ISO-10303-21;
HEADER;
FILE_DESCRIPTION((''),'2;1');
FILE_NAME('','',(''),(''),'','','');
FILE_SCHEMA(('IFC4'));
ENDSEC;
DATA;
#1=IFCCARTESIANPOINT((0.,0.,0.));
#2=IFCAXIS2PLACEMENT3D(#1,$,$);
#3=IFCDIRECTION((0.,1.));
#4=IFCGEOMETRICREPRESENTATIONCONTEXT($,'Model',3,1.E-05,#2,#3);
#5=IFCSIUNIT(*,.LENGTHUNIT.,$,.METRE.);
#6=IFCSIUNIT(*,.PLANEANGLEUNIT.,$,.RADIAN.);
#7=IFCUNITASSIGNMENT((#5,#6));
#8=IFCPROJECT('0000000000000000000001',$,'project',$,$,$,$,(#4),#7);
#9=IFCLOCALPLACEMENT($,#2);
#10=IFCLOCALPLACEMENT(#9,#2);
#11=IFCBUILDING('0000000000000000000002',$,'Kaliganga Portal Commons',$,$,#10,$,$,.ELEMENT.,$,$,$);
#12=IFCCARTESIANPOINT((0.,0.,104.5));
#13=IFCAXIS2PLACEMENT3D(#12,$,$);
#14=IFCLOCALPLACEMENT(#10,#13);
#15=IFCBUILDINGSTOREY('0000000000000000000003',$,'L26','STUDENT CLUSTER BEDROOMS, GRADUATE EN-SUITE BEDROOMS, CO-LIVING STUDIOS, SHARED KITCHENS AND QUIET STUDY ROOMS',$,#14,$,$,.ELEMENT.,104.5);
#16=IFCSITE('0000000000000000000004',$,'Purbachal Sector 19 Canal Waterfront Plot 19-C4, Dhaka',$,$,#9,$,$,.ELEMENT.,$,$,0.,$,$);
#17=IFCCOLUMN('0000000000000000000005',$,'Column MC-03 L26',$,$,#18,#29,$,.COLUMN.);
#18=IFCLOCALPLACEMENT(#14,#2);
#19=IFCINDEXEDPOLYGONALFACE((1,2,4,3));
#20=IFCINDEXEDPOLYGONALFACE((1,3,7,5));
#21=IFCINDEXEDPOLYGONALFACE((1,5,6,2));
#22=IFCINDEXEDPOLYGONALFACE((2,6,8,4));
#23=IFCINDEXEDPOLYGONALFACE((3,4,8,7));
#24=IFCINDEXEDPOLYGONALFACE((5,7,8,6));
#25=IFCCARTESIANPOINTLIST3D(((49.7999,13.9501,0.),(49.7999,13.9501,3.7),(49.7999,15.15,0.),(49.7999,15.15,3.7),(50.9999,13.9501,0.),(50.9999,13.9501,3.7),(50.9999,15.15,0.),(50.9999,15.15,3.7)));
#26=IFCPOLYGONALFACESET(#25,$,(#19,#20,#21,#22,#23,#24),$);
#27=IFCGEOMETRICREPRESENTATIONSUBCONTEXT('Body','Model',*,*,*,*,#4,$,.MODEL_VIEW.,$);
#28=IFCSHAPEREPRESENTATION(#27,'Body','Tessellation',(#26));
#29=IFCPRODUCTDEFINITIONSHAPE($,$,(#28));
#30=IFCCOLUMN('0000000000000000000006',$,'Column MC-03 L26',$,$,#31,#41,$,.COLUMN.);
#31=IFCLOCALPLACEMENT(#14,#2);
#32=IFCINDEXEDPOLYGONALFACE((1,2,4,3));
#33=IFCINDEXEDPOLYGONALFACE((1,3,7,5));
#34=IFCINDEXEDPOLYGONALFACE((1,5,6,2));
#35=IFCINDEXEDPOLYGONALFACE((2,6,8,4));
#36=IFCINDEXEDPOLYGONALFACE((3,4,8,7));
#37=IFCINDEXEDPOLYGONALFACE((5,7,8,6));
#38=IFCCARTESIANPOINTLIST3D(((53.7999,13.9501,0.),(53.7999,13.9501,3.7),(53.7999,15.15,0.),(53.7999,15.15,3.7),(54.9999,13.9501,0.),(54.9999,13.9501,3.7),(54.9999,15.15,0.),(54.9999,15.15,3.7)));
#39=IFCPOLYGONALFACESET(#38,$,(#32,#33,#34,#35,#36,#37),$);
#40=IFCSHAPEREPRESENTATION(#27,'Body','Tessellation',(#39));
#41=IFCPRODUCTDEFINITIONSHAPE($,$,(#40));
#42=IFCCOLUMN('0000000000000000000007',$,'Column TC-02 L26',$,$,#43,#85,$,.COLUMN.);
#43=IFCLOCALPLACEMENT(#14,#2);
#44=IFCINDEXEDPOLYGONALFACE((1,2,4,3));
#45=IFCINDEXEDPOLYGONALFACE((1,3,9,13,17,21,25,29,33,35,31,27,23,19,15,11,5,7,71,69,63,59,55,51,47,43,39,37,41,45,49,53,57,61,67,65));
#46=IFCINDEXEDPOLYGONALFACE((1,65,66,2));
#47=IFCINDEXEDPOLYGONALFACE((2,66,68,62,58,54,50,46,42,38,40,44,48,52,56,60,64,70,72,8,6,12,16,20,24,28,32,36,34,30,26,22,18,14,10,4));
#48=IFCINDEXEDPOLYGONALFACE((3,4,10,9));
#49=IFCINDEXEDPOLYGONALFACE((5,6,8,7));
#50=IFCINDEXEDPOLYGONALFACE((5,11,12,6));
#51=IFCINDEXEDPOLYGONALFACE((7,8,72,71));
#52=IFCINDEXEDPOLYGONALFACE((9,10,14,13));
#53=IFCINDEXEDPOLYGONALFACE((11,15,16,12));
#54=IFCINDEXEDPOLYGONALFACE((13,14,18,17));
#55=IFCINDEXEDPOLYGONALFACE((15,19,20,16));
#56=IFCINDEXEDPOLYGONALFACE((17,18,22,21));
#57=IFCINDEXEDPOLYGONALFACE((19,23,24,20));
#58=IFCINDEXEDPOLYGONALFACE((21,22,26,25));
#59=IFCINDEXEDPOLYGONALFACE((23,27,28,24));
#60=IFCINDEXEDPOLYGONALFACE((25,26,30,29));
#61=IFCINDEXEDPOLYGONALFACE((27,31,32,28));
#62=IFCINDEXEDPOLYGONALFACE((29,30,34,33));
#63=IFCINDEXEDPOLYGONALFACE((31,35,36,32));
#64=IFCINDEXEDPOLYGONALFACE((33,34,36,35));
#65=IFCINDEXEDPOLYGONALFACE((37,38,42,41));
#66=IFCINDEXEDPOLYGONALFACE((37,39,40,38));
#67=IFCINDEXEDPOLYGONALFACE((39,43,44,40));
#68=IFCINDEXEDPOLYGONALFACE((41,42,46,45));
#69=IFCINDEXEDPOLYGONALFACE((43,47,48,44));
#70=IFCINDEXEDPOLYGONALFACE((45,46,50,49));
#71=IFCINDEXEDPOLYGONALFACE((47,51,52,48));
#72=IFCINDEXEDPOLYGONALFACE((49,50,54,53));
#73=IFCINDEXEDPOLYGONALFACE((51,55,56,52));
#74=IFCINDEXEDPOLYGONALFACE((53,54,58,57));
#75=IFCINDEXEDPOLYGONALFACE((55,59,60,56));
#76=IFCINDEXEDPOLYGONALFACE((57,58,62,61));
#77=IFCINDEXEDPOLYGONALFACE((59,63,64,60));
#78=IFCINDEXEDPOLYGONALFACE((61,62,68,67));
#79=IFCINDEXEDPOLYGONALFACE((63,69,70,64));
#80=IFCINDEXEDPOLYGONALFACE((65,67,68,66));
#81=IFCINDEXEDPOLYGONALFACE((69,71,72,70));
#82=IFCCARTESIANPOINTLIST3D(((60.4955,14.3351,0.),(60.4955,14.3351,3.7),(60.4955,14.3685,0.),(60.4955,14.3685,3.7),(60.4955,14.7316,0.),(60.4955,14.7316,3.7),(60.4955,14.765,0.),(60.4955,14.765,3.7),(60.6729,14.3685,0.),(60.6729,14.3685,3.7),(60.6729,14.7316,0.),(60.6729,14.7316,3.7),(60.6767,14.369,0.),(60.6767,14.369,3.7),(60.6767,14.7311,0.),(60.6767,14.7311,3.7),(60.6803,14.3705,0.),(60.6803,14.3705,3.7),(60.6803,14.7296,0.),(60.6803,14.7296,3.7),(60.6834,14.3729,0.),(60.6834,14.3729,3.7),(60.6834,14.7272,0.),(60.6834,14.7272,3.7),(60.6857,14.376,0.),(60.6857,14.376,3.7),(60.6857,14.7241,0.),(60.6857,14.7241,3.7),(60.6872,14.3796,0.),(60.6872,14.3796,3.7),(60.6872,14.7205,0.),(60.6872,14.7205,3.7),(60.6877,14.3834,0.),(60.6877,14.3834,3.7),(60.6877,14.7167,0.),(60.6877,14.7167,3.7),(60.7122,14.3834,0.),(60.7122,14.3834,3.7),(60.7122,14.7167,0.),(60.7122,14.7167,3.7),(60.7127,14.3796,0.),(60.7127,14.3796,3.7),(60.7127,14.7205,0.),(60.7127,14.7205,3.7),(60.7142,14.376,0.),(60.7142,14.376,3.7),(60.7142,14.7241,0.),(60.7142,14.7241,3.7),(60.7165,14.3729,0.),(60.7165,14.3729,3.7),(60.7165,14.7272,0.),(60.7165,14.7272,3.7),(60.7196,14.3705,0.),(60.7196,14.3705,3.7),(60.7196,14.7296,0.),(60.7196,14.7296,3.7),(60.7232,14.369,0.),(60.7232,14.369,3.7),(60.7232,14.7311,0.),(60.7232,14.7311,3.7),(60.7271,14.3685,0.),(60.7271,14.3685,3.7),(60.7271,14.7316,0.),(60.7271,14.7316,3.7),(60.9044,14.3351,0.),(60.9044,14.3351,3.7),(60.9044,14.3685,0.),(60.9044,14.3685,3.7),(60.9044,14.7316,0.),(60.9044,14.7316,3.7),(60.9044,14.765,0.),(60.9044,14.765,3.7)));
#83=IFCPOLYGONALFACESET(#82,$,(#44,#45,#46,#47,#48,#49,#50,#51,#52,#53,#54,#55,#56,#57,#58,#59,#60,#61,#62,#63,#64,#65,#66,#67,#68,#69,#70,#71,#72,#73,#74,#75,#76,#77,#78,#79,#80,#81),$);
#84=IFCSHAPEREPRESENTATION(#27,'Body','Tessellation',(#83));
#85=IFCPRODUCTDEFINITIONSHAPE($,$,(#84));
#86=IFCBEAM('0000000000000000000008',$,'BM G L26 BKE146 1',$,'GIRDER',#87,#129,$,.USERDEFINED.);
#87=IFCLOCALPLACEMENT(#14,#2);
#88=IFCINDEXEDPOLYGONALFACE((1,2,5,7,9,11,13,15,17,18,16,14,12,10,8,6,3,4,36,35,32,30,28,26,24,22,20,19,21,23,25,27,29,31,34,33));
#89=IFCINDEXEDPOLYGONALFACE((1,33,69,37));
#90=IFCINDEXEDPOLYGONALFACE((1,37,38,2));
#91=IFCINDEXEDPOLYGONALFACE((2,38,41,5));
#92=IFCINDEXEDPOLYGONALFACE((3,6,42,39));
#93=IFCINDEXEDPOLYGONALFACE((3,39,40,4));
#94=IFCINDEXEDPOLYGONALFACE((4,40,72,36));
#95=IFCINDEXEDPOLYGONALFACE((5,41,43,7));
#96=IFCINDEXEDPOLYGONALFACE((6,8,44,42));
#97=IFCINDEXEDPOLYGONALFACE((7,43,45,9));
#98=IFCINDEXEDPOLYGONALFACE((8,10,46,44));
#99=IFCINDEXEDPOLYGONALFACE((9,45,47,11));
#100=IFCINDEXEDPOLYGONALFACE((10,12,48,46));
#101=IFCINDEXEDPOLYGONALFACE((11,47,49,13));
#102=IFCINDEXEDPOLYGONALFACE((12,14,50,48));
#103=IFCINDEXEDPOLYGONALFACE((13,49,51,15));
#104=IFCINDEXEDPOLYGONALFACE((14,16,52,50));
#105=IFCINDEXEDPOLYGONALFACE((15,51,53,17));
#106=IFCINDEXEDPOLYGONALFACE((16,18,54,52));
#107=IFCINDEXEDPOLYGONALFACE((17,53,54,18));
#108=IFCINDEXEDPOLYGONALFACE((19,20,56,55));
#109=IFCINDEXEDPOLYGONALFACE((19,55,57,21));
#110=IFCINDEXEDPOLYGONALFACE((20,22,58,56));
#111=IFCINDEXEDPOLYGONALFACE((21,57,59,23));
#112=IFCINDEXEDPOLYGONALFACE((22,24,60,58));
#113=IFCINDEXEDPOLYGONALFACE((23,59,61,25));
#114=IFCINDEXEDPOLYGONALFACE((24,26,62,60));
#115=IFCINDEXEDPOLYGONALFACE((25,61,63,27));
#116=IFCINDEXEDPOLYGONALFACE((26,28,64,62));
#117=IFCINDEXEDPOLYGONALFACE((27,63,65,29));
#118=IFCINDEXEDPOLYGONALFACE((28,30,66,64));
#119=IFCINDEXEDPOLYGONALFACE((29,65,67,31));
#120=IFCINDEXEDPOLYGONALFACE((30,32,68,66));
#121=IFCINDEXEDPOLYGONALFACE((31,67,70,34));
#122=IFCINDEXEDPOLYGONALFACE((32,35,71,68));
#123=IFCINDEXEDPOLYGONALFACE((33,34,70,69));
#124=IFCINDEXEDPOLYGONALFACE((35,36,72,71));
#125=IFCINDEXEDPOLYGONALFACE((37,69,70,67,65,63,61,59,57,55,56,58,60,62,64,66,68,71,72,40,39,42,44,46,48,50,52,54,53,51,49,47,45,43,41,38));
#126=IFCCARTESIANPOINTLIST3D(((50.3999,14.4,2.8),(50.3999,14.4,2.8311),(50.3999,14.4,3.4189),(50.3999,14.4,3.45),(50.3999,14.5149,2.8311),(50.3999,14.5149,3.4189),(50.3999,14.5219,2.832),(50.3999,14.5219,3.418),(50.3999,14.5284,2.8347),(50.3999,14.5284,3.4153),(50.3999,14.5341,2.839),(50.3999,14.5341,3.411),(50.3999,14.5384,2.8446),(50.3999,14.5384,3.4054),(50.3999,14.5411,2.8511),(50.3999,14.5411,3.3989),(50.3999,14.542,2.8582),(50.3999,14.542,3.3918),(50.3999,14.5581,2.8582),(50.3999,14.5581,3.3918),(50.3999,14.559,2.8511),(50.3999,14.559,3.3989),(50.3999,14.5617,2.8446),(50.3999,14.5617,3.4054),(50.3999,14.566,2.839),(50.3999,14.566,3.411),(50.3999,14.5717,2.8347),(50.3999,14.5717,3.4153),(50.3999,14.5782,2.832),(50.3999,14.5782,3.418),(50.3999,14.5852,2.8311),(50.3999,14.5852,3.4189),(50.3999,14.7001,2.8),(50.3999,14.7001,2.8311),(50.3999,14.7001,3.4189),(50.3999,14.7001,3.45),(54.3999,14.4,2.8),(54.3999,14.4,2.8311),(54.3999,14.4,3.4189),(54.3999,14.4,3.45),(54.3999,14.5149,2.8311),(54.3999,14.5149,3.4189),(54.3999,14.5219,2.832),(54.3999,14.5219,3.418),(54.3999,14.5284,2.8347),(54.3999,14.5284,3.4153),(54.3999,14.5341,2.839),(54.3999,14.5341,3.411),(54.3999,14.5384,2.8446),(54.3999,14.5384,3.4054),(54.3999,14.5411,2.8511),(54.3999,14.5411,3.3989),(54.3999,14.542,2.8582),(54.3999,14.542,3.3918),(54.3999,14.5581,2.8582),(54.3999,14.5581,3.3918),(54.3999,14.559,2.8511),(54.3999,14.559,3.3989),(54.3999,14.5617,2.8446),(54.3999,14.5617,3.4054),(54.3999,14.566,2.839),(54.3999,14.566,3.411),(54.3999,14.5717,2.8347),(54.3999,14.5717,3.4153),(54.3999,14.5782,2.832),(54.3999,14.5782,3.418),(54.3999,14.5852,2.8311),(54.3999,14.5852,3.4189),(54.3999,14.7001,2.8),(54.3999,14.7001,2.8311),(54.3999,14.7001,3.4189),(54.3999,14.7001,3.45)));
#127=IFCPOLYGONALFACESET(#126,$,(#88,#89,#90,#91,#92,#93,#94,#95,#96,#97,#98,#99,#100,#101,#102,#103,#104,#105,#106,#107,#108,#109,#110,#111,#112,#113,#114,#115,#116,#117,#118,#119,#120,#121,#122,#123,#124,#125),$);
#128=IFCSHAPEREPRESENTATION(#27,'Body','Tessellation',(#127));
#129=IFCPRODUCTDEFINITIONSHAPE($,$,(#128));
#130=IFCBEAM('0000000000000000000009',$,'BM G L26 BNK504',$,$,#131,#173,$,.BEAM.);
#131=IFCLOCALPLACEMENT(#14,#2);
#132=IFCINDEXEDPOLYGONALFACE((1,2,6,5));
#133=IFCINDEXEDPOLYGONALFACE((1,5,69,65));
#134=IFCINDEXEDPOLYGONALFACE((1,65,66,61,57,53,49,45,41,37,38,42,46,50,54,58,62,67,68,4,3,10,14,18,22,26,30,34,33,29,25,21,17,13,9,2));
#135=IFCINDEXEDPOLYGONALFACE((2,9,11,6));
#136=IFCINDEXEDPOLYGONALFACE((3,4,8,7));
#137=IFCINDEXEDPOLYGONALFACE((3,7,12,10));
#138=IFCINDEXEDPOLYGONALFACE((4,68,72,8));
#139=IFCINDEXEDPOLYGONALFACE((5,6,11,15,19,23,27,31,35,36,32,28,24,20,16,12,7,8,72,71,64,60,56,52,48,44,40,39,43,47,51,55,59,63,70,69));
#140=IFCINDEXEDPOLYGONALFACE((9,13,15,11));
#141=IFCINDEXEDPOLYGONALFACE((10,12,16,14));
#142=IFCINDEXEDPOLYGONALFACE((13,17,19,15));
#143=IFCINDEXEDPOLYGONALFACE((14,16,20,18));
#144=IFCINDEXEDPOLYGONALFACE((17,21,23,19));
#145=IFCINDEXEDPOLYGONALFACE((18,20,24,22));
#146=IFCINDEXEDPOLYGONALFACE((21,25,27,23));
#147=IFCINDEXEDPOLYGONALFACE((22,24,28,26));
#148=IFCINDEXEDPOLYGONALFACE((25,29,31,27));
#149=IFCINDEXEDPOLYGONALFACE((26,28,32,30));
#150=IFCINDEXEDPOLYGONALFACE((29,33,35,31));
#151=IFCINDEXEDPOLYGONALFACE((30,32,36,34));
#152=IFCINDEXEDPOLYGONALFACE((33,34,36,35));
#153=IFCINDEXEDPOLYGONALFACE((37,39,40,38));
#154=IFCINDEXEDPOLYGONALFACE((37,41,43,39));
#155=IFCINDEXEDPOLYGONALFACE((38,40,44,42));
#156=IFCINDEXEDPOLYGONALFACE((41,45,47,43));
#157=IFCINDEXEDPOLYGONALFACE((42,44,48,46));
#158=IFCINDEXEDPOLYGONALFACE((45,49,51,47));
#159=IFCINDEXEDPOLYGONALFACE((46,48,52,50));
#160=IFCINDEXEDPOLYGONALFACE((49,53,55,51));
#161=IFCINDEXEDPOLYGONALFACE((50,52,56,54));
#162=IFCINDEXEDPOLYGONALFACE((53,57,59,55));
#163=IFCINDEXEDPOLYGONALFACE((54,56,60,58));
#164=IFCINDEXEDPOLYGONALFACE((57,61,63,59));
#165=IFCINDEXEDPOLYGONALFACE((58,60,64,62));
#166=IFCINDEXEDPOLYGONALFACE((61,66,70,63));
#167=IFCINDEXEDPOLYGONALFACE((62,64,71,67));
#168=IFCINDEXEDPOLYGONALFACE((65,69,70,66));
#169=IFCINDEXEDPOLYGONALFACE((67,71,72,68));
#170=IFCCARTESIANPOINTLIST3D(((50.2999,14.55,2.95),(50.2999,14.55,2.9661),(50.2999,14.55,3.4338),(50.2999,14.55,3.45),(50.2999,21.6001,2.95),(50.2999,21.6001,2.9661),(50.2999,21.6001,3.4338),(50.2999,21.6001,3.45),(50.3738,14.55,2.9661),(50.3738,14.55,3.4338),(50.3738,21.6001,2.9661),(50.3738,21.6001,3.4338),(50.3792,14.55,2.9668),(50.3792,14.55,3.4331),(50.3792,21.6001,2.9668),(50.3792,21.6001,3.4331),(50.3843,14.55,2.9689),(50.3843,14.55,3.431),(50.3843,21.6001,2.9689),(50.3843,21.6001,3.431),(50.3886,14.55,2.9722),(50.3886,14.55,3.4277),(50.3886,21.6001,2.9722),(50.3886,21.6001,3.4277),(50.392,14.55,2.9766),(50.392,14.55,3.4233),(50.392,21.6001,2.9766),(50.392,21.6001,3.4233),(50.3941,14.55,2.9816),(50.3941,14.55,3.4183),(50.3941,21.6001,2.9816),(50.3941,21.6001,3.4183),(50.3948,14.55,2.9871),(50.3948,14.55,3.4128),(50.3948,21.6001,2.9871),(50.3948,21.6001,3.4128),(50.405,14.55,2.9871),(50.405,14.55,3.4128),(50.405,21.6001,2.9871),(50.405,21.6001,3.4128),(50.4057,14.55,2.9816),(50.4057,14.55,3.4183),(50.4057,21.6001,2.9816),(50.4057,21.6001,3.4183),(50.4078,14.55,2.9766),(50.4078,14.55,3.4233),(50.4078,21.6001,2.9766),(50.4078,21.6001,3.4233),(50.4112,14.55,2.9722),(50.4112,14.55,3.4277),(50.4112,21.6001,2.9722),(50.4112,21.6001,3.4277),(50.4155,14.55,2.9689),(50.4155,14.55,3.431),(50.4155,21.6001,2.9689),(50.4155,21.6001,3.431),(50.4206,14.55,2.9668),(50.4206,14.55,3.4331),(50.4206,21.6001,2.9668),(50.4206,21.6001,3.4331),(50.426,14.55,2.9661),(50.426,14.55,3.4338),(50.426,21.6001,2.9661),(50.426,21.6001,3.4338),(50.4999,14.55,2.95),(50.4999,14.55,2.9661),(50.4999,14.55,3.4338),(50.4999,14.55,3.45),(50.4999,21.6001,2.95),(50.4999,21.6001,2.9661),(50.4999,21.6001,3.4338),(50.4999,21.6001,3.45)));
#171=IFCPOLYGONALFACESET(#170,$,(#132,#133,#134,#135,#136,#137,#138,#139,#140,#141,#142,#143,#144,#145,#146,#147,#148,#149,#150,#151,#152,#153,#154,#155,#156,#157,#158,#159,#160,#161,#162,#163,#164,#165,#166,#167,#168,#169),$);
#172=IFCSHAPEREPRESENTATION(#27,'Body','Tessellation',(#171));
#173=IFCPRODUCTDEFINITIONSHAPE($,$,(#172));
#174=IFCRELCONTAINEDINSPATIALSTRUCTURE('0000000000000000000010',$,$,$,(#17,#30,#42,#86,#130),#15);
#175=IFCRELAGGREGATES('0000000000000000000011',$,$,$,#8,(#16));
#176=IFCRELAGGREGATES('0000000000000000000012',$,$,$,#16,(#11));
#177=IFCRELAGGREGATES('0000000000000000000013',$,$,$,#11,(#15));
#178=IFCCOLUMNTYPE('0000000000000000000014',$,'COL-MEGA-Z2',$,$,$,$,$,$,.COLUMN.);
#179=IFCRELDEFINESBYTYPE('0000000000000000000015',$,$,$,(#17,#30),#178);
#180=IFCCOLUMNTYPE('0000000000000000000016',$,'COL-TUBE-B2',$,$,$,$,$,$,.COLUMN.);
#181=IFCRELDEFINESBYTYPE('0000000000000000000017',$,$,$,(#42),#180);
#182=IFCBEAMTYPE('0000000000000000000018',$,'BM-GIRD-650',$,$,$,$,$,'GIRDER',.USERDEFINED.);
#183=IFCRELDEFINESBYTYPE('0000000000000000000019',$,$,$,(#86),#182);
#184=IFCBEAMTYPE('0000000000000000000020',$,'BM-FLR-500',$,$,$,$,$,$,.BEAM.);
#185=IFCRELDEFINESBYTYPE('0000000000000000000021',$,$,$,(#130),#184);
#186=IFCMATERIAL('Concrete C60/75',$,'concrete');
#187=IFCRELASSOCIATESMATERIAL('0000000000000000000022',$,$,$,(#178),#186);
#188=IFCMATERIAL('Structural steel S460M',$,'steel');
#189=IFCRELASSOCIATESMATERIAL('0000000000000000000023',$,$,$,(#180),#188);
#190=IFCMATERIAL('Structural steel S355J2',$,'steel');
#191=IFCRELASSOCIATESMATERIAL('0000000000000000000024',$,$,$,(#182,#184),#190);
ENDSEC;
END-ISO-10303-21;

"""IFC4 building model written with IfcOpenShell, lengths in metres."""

from ifc_helpers import new_model, si_unit, direction, frame, origin, origin_2d, place, context, subcontext, project, spatial, rectangle, i_section, extrude, source, transform, mapped, material, material_profile, profile_set, type_object, element, save


model = new_model("IFC4")

# Units and contexts
model_context = context("Model", 3, precision=1e-05, world=origin(), true_north=direction((0.0, 1.0)))
body_context = subcontext(model_context, "Body", "Model", "MODEL_VIEW")
ifc_project = project(units=[si_unit("LENGTHUNIT", "METRE"), si_unit("PLANEANGLEUNIT", "RADIAN")], contexts=[model_context])

# Site, building, storey
site_placement = place(None, origin())
site = spatial("IfcSite", under=ifc_project, at=site_placement, Name="Purbachal Sector 19 Canal Waterfront Plot 19-C4, Dhaka", CompositionType="ELEMENT", RefElevation=0.0)
building_placement = place(site_placement, origin())
building = spatial("IfcBuilding", under=site, at=building_placement, Name="Kaliganga Portal Commons", CompositionType="ELEMENT")
storey_placement = place(building_placement, frame((0.0, 0.0, 104.5)))
storey = spatial("IfcBuildingStorey", under=building, at=storey_placement, Name="L26", Description="STUDENT CLUSTER BEDROOMS, GRADUATE EN-SUITE BEDROOMS, CO-LIVING STUDIOS, SHARED KITCHENS AND QUIET STUDY ROOMS", CompositionType="ELEMENT", Elevation=104.5)

# Columns
ifc_material_1 = material(Name="Concrete C60/75", Category="concrete")
ifc_material_profile_1 = material_profile(ifc_material_1, rectangle(XDim=1.2, YDim=1.2, at=origin_2d()), Name="RC 1200x1200")
ifc_profile_set_1 = profile_set([ifc_material_profile_1], Name="Concrete C60/75")
column_type_1 = type_object("IfcColumnType", Name="COL-MEGA-Z2", PredefinedType="COLUMN", material=ifc_profile_set_1)
shared_shape_1 = source(origin(), body_context, "Body", "SweptSolid", [
    extrude(rectangle(XDim=1.2, YDim=1.2, at=origin_2d()), origin(), (0.0, 0.0, 1.0), 3.7),
])
for number, where, z_axis, x_axis, name in (
    (1, (50.3999, 14.55, 0.0), (0.0, 0.0, 1.0), (1.0, 0.0, 0.0), "Column MC-03 L26"),
    (2, (54.3999, 14.55, 0.0), (0.0, 0.0, 1.0), (1.0, 0.0, 0.0), "Column MC-03 L26"),
):
    element("IfcColumn", number, at=place(storey_placement, frame(where, z_axis=z_axis, x_axis=x_axis)), inside=storey, type_object=column_type_1, Name=name, PredefinedType="COLUMN", context=body_context, shape_type="MappedRepresentation", body=[
        mapped(shared_shape_1, transform((0.0, 0.0, 0.0), x_axis=(1.0, 0.0, 0.0), y_axis=(0.0, 1.0, 0.0), z_axis=(0.0, 0.0, 1.0), scale=1.0)),
    ])
ifc_material_2 = material(Name="Structural steel S460M", Category="steel")
ifc_material_profile_2 = material_profile(ifc_material_2, i_section(OverallWidth=0.4089, OverallDepth=0.4299, WebThickness=0.0244, FlangeThickness=0.0334, FilletRadius=0.0149, at=origin_2d()), Name="HD 400x421")
ifc_profile_set_2 = profile_set([ifc_material_profile_2], Name="Structural steel S460M wide-flange")
column_type_2 = type_object("IfcColumnType", Name="COL-TUBE-B2", PredefinedType="COLUMN", material=ifc_profile_set_2)
shared_shape_2 = source(origin(), body_context, "Body", "SweptSolid", [
    extrude(i_section(OverallWidth=0.4089, OverallDepth=0.4299, WebThickness=0.0244, FlangeThickness=0.0334, FilletRadius=0.0149, at=origin_2d()), origin(), (0.0, 0.0, 1.0), 3.7),
])
column_placement = place(storey_placement, frame((60.7, 14.55, 0.0), z_axis=(0.0, 0.0, 1.0), x_axis=(1.0, 0.0, 0.0)))
element("IfcColumn", 3, at=column_placement, inside=storey, type_object=column_type_2, Name="Column TC-02 L26", PredefinedType="COLUMN", context=body_context, shape_type="MappedRepresentation", body=[
    mapped(shared_shape_2, transform((0.0, 0.0, 0.0), x_axis=(1.0, 0.0, 0.0), y_axis=(0.0, 1.0, 0.0), z_axis=(0.0, 0.0, 1.0), scale=1.0)),
])

# Beams
ifc_material_3 = material(Name="Structural steel S355J2", Category="steel")
ifc_material_profile_3 = material_profile(ifc_material_3, i_section(OverallWidth=0.3, OverallDepth=0.6499, WebThickness=0.0161, FlangeThickness=0.031, FilletRadius=0.0271, at=origin_2d()), Name="HE 650 B")
ifc_profile_set_3 = profile_set([ifc_material_profile_3], Name="Structural steel S355J2 wide-flange")
beam_type_1 = type_object("IfcBeamType", Name="BM-GIRD-650", ElementType="GIRDER", PredefinedType="USERDEFINED", material=ifc_profile_set_3)
shared_shape_3 = source(origin(), body_context, "Body", "SweptSolid", [
    extrude(i_section(OverallWidth=0.3, OverallDepth=0.6499, WebThickness=0.0161, FlangeThickness=0.031, FilletRadius=0.0271, at=origin_2d()), origin(), (0.0, 0.0, 1.0), 4.0),
])
beam_1_placement = place(storey_placement, frame((50.3999, 14.55, 3.125), z_axis=(1.0, 0.0, 0.0), x_axis=(0.0, 1.0, 0.0)))
element("IfcBeam", 4, at=beam_1_placement, inside=storey, type_object=beam_type_1, Name="BM G L26 BKE146 1", ObjectType="GIRDER", PredefinedType="USERDEFINED", context=body_context, shape_type="MappedRepresentation", body=[
    mapped(shared_shape_3, transform((0.0, 0.0, 0.0), x_axis=(1.0, 0.0, 0.0), y_axis=(0.0, 1.0, 0.0), z_axis=(0.0, 0.0, 1.0), scale=1.0)),
])
ifc_material_profile_4 = material_profile(ifc_material_3, i_section(OverallWidth=0.2, OverallDepth=0.5, WebThickness=0.0103, FlangeThickness=0.0161, FilletRadius=0.021, at=origin_2d()), Name="IPE 500")
ifc_profile_set_4 = profile_set([ifc_material_profile_4], Name="Structural steel S355J2 wide-flange")
beam_type_2 = type_object("IfcBeamType", Name="BM-FLR-500", PredefinedType="BEAM", material=ifc_profile_set_4)
shared_shape_4 = source(origin(), body_context, "Body", "SweptSolid", [
    extrude(i_section(OverallWidth=0.2, OverallDepth=0.5, WebThickness=0.0103, FlangeThickness=0.0161, FilletRadius=0.021, at=origin_2d()), origin(), (0.0, 0.0, 1.0), 7.05),
])
for number, where, z_axis, x_axis, name in (
    (5, (50.3999, 14.55, 3.2), (0.0, 1.0, 0.0), (-1.0, 0.0, 0.0), "BM G L26 BNK504"),
):
    element("IfcBeam", number, at=place(storey_placement, frame(where, z_axis=z_axis, x_axis=x_axis)), inside=storey, type_object=beam_type_2, Name=name, PredefinedType="BEAM", context=body_context, shape_type="MappedRepresentation", body=[
        mapped(shared_shape_4, transform((0.0, 0.0, 0.0), x_axis=(1.0, 0.0, 0.0), y_axis=(0.0, 1.0, 0.0), z_axis=(0.0, 0.0, 1.0), scale=1.0)),
    ])

save(model, "model.ifc")
